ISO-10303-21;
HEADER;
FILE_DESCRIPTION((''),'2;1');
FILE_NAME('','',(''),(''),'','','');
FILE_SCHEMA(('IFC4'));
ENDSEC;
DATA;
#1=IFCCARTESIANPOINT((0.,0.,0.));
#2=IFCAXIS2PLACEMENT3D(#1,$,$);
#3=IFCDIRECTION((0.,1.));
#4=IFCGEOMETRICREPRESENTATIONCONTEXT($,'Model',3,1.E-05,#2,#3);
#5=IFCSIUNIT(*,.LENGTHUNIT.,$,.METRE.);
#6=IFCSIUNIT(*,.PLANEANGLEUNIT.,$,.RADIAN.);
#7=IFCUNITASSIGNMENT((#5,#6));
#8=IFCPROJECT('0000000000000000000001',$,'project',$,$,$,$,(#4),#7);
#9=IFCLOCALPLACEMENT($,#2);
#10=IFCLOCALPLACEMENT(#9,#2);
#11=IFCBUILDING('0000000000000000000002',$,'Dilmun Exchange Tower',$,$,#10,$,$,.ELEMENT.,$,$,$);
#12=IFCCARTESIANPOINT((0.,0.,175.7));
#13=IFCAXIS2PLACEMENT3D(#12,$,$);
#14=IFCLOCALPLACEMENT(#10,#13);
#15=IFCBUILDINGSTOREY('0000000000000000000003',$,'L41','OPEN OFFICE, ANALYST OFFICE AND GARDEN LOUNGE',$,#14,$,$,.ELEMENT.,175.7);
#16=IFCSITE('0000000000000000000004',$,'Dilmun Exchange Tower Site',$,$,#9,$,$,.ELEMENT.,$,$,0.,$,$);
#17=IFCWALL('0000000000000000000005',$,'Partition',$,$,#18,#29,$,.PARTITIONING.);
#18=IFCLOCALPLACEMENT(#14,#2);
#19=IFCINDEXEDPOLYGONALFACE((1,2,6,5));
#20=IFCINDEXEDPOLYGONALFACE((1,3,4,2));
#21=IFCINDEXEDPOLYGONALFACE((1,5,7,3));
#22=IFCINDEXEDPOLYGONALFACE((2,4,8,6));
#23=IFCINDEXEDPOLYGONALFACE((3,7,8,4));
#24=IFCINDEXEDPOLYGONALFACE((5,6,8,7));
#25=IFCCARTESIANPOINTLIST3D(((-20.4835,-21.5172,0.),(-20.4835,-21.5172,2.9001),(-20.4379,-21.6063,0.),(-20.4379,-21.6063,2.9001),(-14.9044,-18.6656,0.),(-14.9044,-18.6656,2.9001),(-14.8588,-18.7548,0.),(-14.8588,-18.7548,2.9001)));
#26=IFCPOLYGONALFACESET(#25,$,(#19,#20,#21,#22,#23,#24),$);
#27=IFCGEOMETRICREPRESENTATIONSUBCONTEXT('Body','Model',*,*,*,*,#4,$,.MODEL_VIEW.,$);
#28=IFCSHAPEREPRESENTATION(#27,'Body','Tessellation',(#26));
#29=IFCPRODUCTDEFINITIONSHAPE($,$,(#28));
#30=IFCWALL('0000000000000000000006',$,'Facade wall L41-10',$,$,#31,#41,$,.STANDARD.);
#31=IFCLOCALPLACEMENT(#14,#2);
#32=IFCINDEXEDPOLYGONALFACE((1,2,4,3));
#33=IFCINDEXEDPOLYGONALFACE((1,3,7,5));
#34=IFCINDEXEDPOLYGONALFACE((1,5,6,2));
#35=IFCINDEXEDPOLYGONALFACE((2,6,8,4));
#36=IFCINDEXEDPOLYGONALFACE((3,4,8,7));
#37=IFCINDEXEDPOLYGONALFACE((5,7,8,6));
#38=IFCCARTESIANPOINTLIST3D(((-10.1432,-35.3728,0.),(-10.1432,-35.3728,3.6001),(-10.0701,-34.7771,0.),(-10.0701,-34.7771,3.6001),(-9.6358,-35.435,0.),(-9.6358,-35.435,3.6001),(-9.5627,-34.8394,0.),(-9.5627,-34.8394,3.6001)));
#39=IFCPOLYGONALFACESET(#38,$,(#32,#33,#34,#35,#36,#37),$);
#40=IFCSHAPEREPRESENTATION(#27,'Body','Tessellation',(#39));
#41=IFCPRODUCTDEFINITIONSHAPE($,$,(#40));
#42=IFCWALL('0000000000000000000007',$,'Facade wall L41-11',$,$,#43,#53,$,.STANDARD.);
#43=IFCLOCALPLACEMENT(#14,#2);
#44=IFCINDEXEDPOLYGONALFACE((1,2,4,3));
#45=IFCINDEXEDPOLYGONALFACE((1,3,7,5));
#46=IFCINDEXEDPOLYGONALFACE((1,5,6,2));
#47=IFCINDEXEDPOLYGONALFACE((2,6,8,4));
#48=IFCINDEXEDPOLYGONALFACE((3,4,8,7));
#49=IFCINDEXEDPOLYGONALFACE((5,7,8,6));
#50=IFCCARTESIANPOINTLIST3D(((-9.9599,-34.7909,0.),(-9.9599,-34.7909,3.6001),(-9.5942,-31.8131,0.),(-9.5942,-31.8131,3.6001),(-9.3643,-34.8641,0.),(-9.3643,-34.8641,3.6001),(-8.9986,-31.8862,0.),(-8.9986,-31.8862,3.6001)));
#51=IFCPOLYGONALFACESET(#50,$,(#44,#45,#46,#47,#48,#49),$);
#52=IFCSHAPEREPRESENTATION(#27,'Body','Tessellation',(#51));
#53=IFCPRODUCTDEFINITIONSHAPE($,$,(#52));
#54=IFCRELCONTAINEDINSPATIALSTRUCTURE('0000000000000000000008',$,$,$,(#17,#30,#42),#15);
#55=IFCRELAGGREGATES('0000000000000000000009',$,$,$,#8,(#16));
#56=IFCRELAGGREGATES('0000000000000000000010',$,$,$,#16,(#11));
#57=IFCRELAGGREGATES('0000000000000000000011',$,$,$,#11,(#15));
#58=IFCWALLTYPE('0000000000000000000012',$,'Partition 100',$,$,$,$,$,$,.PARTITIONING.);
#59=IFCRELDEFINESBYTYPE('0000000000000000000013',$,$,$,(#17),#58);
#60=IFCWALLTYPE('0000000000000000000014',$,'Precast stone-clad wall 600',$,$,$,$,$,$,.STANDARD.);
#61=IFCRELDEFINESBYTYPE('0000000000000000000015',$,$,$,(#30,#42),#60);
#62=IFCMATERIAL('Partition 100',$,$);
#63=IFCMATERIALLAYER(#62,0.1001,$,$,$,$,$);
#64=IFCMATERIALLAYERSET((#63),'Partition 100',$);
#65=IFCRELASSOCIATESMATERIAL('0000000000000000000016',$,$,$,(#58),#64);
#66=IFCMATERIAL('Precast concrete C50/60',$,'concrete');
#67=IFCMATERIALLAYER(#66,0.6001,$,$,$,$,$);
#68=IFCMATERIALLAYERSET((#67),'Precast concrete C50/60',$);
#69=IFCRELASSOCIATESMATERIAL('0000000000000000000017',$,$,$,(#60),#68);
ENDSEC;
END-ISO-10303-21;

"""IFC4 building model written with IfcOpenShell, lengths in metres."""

from ifc_helpers import new_model, si_unit, direction, frame, frame_2d, origin, place, context, subcontext, project, spatial, rectangle, extrude, material, layer, layer_set, type_object, element, save


model = new_model("IFC4")

# Units and contexts
model_context = context("Model", 3, precision=1e-05, world=origin(), true_north=direction((0.0, 1.0)))
body_context = subcontext(model_context, "Body", "Model", "MODEL_VIEW")
ifc_project = project(units=[si_unit("LENGTHUNIT", "METRE"), si_unit("PLANEANGLEUNIT", "RADIAN")], contexts=[model_context])

# Site, building, storey
site_placement = place(None, origin())
site = spatial("IfcSite", under=ifc_project, at=site_placement, Name="Dilmun Exchange Tower Site", CompositionType="ELEMENT", RefElevation=0.0)
building_placement = place(site_placement, origin())
building = spatial("IfcBuilding", under=site, at=building_placement, Name="Dilmun Exchange Tower", CompositionType="ELEMENT")
storey_placement = place(building_placement, frame((0.0, 0.0, 175.7)))
storey = spatial("IfcBuildingStorey", under=building, at=storey_placement, Name="L41", Description="OPEN OFFICE, ANALYST OFFICE AND GARDEN LOUNGE", CompositionType="ELEMENT", Elevation=175.7)

# Walls
ifc_material_1 = material(Name="Partition 100")
ifc_layer_1 = layer(ifc_material_1, 0.1001)
ifc_layer_set_1 = layer_set([ifc_layer_1], Name="Partition 100")
wall_type_1 = type_object("IfcWallType", Name="Partition 100", PredefinedType="PARTITIONING", material=ifc_layer_set_1)
wall_1_placement = place(storey_placement, frame((-20.4607, -21.5618, 0.0), z_axis=(0.0, 0.0, 1.0), x_axis=(0.890433, 0.455114, 0.0)))
element("IfcWall", 1, at=wall_1_placement, inside=storey, type_object=wall_type_1, Name="Partition", PredefinedType="PARTITIONING", context=body_context, shape_type="SweptSolid", body=[
    extrude(rectangle(XDim=6.2656, YDim=0.1001, at=frame_2d((3.1328, 0.0))), origin(), (0.0, 0.0, 1.0), 2.9001),
])
ifc_material_2 = material(Name="Precast concrete C50/60", Category="concrete")
ifc_layer_2 = layer(ifc_material_2, 0.6001)
ifc_layer_set_2 = layer_set([ifc_layer_2], Name="Precast concrete C50/60")
wall_type_2 = type_object("IfcWallType", Name="Precast stone-clad wall 600", PredefinedType="STANDARD", material=ifc_layer_set_2)
wall_2_placement = place(storey_placement, frame((-10.1067, -35.075, 0.0), z_axis=(0.0, 0.0, 1.0), x_axis=(0.992555, -0.1218, 0.0)))
element("IfcWall", 2, at=wall_2_placement, inside=storey, type_object=wall_type_2, Name="Facade wall L41-10", PredefinedType="STANDARD", context=body_context, shape_type="SweptSolid", body=[
    extrude(rectangle(XDim=0.5112, YDim=0.6001, at=frame_2d((0.2556, 0.0))), origin(), (0.0, 0.0, 1.0), 3.6001),
])
wall_3_placement = place(storey_placement, frame((-9.6621, -34.8274, 0.0), z_axis=(0.0, 0.0, 1.0), x_axis=(0.121901, 0.992542, 0.0)))
element("IfcWall", 3, at=wall_3_placement, inside=storey, type_object=wall_type_2, Name="Facade wall L41-11", PredefinedType="STANDARD", context=body_context, shape_type="SweptSolid", body=[
    extrude(rectangle(XDim=3.0002, YDim=0.6001, at=frame_2d((1.5, 0.0))), origin(), (0.0, 0.0, 1.0), 3.6001),
])

save(model, "model.ifc")
